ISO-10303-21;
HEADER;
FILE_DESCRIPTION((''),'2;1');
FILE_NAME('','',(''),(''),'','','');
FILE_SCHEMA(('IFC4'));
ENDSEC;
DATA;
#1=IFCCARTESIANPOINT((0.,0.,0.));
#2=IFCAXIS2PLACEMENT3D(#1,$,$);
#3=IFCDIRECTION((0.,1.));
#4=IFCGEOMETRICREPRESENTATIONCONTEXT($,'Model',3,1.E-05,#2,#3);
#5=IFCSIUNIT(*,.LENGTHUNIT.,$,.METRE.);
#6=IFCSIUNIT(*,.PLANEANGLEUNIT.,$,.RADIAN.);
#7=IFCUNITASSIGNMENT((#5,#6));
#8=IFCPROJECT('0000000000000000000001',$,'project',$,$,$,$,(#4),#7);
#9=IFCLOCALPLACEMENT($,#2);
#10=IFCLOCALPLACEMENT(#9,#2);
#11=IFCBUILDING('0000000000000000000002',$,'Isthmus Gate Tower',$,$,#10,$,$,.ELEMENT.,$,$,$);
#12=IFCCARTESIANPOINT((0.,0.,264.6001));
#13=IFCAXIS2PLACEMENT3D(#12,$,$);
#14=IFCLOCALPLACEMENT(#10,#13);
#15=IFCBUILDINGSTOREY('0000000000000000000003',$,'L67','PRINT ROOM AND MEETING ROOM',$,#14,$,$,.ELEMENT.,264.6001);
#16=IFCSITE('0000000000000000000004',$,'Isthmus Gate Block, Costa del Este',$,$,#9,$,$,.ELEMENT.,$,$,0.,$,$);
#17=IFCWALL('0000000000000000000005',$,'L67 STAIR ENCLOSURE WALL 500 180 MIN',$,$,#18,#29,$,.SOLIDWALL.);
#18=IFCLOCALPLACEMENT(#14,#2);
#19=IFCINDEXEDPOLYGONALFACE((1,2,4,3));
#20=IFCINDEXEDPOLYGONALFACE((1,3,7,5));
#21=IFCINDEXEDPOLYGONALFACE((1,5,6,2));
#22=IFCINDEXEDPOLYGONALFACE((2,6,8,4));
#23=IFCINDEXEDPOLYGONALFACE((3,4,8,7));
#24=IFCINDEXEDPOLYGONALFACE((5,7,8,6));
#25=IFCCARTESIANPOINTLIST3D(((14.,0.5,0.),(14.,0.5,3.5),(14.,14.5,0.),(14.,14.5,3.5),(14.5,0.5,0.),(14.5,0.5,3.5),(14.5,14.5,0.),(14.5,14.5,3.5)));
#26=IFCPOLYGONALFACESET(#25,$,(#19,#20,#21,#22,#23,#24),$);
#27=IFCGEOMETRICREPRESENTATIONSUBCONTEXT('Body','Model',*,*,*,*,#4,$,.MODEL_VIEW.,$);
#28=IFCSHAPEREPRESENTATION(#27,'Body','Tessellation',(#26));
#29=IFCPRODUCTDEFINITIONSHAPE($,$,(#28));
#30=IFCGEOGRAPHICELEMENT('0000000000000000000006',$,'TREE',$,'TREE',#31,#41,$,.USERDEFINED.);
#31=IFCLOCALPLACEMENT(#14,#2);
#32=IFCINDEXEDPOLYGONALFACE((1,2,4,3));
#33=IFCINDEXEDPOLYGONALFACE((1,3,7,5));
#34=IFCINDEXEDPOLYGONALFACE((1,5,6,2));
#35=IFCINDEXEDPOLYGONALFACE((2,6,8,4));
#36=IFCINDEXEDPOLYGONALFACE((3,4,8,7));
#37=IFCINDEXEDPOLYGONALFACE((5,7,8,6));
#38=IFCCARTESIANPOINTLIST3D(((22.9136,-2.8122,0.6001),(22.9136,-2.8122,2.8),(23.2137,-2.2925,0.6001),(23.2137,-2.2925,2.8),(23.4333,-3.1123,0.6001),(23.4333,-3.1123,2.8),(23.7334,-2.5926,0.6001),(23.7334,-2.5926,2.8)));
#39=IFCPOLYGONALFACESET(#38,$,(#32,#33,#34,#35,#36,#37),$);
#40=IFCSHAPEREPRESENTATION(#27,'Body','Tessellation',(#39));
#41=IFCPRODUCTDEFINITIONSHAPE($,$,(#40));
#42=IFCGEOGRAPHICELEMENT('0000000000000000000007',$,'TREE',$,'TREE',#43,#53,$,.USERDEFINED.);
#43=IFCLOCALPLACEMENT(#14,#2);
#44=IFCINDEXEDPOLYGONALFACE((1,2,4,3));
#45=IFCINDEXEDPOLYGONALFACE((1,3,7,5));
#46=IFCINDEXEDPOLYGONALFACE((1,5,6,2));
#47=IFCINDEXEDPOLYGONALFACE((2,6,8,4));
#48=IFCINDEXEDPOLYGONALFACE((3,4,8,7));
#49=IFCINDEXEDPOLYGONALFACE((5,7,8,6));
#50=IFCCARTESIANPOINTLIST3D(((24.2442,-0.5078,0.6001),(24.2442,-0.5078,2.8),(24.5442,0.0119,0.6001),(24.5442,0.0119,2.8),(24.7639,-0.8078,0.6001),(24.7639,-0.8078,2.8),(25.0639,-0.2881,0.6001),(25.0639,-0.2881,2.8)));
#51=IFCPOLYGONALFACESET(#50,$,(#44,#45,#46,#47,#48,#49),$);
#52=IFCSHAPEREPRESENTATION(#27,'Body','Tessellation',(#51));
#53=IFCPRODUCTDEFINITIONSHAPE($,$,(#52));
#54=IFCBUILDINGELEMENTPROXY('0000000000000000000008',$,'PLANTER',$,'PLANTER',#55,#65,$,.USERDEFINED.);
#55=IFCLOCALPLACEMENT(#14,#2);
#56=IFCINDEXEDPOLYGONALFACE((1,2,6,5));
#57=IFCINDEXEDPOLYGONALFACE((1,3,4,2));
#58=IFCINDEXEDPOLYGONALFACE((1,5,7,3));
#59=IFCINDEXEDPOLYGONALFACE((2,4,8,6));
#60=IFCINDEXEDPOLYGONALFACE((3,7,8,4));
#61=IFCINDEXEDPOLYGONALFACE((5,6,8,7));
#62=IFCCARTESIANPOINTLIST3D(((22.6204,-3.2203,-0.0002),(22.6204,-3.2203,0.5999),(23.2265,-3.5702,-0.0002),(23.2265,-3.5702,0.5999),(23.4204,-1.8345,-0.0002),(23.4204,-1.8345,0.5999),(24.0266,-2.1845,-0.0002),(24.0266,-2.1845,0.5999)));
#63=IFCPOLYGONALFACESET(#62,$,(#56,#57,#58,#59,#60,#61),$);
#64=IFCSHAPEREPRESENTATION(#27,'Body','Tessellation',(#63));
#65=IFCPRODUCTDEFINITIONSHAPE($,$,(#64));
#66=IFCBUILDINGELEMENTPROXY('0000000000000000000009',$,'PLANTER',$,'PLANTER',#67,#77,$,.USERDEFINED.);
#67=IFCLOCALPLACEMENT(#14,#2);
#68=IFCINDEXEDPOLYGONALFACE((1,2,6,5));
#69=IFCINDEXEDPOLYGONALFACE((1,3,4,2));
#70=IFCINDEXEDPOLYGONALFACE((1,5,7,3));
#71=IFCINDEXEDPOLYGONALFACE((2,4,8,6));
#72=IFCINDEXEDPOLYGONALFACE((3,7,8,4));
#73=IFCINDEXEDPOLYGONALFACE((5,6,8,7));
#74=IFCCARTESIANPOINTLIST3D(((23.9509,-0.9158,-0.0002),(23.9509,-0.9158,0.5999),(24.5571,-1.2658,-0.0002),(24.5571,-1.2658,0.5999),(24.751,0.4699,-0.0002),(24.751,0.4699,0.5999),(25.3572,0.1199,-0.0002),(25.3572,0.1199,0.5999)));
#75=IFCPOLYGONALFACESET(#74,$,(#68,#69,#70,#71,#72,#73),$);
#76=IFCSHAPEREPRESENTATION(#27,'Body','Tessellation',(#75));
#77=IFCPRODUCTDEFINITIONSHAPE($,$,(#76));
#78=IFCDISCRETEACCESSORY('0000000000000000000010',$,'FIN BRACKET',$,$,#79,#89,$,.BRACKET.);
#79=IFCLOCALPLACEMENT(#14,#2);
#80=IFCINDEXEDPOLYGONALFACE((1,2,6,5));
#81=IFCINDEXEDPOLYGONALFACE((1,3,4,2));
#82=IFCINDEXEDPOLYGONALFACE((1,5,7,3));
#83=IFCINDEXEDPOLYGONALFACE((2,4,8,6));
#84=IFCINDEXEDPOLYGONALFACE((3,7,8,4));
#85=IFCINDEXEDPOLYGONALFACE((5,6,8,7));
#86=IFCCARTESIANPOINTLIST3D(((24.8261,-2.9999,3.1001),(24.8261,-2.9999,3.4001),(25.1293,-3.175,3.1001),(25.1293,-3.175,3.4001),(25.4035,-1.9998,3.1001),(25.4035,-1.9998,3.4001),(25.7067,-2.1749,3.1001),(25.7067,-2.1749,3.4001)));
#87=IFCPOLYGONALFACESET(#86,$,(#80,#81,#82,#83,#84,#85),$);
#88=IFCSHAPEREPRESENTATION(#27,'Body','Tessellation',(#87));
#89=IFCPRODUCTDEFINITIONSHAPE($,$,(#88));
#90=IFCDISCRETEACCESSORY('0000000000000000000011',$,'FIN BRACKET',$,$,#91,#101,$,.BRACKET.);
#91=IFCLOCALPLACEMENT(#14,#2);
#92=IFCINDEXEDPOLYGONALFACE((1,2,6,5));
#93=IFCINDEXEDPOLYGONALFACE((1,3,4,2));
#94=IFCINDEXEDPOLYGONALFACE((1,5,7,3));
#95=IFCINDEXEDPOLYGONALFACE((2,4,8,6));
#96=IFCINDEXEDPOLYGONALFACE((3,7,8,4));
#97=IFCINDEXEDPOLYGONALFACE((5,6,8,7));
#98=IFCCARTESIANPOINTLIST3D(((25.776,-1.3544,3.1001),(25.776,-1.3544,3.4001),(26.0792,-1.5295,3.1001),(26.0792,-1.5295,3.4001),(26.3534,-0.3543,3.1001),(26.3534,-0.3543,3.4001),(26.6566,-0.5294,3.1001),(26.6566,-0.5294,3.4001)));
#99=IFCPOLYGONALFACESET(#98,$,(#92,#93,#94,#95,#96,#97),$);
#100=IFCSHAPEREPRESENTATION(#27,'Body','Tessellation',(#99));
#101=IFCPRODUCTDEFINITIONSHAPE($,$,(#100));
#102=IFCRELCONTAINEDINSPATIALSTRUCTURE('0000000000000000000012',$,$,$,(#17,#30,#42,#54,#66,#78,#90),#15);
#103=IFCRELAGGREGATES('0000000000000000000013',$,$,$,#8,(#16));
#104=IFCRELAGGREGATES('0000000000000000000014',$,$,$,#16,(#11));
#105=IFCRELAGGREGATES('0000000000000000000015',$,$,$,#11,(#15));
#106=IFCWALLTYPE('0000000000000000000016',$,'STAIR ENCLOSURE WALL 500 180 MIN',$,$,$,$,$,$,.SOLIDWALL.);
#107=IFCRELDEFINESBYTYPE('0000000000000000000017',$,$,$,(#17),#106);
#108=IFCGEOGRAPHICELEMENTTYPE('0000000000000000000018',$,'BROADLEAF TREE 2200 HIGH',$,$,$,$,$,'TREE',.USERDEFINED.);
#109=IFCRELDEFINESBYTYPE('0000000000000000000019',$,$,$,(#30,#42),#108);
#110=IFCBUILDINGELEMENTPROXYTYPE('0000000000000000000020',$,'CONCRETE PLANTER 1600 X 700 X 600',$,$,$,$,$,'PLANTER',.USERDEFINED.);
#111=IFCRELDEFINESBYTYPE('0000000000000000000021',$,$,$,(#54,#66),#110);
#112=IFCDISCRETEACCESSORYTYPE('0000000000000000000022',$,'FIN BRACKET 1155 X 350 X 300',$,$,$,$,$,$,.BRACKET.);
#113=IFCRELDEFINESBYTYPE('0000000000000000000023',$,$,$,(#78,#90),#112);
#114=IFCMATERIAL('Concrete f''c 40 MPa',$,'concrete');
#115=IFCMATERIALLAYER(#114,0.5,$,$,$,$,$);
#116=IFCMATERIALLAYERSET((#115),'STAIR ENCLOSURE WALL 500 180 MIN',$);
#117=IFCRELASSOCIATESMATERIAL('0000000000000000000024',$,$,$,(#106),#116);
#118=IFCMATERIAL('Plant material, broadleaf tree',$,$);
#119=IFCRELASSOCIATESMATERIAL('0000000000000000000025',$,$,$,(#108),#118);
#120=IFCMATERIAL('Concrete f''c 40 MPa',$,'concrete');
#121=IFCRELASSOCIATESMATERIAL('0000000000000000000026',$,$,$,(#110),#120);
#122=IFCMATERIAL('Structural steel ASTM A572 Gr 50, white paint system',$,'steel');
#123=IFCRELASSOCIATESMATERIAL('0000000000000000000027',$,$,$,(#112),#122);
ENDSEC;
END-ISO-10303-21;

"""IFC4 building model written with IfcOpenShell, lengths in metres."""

from ifc_helpers import new_model, si_unit, direction, frame, frame_2d, origin, origin_2d, place, context, subcontext, project, spatial, rectangle, extrude, material, layer, layer_set, type_object, element, save


model = new_model("IFC4")

# Units and contexts
model_context = context("Model", 3, precision=1e-05, world=origin(), true_north=direction((0.0, 1.0)))
body_context = subcontext(model_context, "Body", "Model", "MODEL_VIEW")
ifc_project = project(units=[si_unit("LENGTHUNIT", "METRE"), si_unit("PLANEANGLEUNIT", "RADIAN")], contexts=[model_context])

# Site, building, storey
site_placement = place(None, origin())
site = spatial("IfcSite", under=ifc_project, at=site_placement, Name="Isthmus Gate Block, Costa del Este", CompositionType="ELEMENT", RefElevation=0.0)
building_placement = place(site_placement, origin())
building = spatial("IfcBuilding", under=site, at=building_placement, Name="Isthmus Gate Tower", CompositionType="ELEMENT")
storey_placement = place(building_placement, frame((0.0, 0.0, 264.6001)))
storey = spatial("IfcBuildingStorey", under=building, at=storey_placement, Name="L67", Description="PRINT ROOM AND MEETING ROOM", CompositionType="ELEMENT", Elevation=264.6001)

# Wall
ifc_material_1 = material(Name="Concrete f'c 40 MPa", Category="concrete")
ifc_layer_1 = layer(ifc_material_1, 0.5)
ifc_layer_set_1 = layer_set([ifc_layer_1], Name="STAIR ENCLOSURE WALL 500 180 MIN")
wall_type_1 = type_object("IfcWallType", Name="STAIR ENCLOSURE WALL 500 180 MIN", PredefinedType="SOLIDWALL", material=ifc_layer_set_1)
wall_1_placement = place(storey_placement, frame((14.25, 0.5, 0.0), z_axis=(0.0, 0.0, 1.0), x_axis=(0.0, 1.0, 0.0)))
element("IfcWall", 1, at=wall_1_placement, inside=storey, type_object=wall_type_1, Name="L67 STAIR ENCLOSURE WALL 500 180 MIN", PredefinedType="SOLIDWALL", context=body_context, shape_type="SweptSolid", body=[
    extrude(rectangle(XDim=14.0, YDim=0.5, at=frame_2d((7.0, 0.0))), origin(), (0.0, 0.0, 1.0), 3.5),
])

# Geographic elements
ifc_material_2 = material(Name="Plant material, broadleaf tree")
geographic_element_type = type_object("IfcGeographicElementType", Name="BROADLEAF TREE 2200 HIGH", ElementType="TREE", PredefinedType="USERDEFINED", material=ifc_material_2)
for number, where, z_axis, x_axis, name in (
    (2, (23.3235, -2.7024, 0.6001), (0.0, 0.0, 1.0), (0.5, 0.866025, 0.0), "TREE"),
    (3, (24.6541, -0.3979, 0.6001), (0.0, 0.0, 1.0), (0.5, 0.866025, 0.0), "TREE"),
):
    element("IfcGeographicElement", number, at=place(storey_placement, frame(where, z_axis=z_axis, x_axis=x_axis)), inside=storey, type_object=geographic_element_type, Name=name, ObjectType="TREE", PredefinedType="USERDEFINED", context=body_context, shape_type="SweptSolid", body=[
        extrude(rectangle(XDim=0.6001, YDim=0.6001, at=origin_2d()), origin(), (0.0, 0.0, 1.0), 2.2),
    ])

# Building element proxies
ifc_material_3 = material(Name="Concrete f'c 40 MPa", Category="concrete")
building_element_proxy_type = type_object("IfcBuildingElementProxyType", Name="CONCRETE PLANTER 1600 X 700 X 600", ElementType="PLANTER", PredefinedType="USERDEFINED", material=ifc_material_3)
for number, where, z_axis, x_axis, name in (
    (4, (23.3235, -2.7024, -0.0002), (0.0, 0.0, 1.0), (0.5, 0.866025, 0.0), "PLANTER"),
    (5, (24.6541, -0.3979, -0.0002), (0.0, 0.0, 1.0), (0.5, 0.866025, 0.0), "PLANTER"),
):
    element("IfcBuildingElementProxy", number, at=place(storey_placement, frame(where, z_axis=z_axis, x_axis=x_axis)), inside=storey, type_object=building_element_proxy_type, Name=name, ObjectType="PLANTER", PredefinedType="USERDEFINED", context=body_context, shape_type="SweptSolid", body=[
        extrude(rectangle(XDim=1.6001, YDim=0.7, at=origin_2d()), origin(), (0.0, 0.0, 1.0), 0.6001),
    ])

# Discrete accessories
ifc_material_4 = material(Name="Structural steel ASTM A572 Gr 50, white paint system", Category="steel")
discrete_accessory_type = type_object("IfcDiscreteAccessoryType", Name="FIN BRACKET 1155 X 350 X 300", PredefinedType="BRACKET", material=ifc_material_4)
for number, where, z_axis, x_axis, name in (
    (6, (25.2664, -2.5874, 3.1001), (0.0, 0.0, 1.0), (0.866025, -0.5, 0.0), "FIN BRACKET"),
    (7, (26.2163, -0.9419, 3.1001), (0.0, 0.0, 1.0), (0.866025, -0.5, 0.0), "FIN BRACKET"),
):
    element("IfcDiscreteAccessory", number, at=place(storey_placement, frame(where, z_axis=z_axis, x_axis=x_axis)), inside=storey, type_object=discrete_accessory_type, Name=name, PredefinedType="BRACKET", context=body_context, shape_type="SweptSolid", body=[
        extrude(rectangle(XDim=0.3501, YDim=1.1548, at=origin_2d()), origin(), (0.0, 0.0, 1.0), 0.3),
    ])

save(model, "model.ifc")
